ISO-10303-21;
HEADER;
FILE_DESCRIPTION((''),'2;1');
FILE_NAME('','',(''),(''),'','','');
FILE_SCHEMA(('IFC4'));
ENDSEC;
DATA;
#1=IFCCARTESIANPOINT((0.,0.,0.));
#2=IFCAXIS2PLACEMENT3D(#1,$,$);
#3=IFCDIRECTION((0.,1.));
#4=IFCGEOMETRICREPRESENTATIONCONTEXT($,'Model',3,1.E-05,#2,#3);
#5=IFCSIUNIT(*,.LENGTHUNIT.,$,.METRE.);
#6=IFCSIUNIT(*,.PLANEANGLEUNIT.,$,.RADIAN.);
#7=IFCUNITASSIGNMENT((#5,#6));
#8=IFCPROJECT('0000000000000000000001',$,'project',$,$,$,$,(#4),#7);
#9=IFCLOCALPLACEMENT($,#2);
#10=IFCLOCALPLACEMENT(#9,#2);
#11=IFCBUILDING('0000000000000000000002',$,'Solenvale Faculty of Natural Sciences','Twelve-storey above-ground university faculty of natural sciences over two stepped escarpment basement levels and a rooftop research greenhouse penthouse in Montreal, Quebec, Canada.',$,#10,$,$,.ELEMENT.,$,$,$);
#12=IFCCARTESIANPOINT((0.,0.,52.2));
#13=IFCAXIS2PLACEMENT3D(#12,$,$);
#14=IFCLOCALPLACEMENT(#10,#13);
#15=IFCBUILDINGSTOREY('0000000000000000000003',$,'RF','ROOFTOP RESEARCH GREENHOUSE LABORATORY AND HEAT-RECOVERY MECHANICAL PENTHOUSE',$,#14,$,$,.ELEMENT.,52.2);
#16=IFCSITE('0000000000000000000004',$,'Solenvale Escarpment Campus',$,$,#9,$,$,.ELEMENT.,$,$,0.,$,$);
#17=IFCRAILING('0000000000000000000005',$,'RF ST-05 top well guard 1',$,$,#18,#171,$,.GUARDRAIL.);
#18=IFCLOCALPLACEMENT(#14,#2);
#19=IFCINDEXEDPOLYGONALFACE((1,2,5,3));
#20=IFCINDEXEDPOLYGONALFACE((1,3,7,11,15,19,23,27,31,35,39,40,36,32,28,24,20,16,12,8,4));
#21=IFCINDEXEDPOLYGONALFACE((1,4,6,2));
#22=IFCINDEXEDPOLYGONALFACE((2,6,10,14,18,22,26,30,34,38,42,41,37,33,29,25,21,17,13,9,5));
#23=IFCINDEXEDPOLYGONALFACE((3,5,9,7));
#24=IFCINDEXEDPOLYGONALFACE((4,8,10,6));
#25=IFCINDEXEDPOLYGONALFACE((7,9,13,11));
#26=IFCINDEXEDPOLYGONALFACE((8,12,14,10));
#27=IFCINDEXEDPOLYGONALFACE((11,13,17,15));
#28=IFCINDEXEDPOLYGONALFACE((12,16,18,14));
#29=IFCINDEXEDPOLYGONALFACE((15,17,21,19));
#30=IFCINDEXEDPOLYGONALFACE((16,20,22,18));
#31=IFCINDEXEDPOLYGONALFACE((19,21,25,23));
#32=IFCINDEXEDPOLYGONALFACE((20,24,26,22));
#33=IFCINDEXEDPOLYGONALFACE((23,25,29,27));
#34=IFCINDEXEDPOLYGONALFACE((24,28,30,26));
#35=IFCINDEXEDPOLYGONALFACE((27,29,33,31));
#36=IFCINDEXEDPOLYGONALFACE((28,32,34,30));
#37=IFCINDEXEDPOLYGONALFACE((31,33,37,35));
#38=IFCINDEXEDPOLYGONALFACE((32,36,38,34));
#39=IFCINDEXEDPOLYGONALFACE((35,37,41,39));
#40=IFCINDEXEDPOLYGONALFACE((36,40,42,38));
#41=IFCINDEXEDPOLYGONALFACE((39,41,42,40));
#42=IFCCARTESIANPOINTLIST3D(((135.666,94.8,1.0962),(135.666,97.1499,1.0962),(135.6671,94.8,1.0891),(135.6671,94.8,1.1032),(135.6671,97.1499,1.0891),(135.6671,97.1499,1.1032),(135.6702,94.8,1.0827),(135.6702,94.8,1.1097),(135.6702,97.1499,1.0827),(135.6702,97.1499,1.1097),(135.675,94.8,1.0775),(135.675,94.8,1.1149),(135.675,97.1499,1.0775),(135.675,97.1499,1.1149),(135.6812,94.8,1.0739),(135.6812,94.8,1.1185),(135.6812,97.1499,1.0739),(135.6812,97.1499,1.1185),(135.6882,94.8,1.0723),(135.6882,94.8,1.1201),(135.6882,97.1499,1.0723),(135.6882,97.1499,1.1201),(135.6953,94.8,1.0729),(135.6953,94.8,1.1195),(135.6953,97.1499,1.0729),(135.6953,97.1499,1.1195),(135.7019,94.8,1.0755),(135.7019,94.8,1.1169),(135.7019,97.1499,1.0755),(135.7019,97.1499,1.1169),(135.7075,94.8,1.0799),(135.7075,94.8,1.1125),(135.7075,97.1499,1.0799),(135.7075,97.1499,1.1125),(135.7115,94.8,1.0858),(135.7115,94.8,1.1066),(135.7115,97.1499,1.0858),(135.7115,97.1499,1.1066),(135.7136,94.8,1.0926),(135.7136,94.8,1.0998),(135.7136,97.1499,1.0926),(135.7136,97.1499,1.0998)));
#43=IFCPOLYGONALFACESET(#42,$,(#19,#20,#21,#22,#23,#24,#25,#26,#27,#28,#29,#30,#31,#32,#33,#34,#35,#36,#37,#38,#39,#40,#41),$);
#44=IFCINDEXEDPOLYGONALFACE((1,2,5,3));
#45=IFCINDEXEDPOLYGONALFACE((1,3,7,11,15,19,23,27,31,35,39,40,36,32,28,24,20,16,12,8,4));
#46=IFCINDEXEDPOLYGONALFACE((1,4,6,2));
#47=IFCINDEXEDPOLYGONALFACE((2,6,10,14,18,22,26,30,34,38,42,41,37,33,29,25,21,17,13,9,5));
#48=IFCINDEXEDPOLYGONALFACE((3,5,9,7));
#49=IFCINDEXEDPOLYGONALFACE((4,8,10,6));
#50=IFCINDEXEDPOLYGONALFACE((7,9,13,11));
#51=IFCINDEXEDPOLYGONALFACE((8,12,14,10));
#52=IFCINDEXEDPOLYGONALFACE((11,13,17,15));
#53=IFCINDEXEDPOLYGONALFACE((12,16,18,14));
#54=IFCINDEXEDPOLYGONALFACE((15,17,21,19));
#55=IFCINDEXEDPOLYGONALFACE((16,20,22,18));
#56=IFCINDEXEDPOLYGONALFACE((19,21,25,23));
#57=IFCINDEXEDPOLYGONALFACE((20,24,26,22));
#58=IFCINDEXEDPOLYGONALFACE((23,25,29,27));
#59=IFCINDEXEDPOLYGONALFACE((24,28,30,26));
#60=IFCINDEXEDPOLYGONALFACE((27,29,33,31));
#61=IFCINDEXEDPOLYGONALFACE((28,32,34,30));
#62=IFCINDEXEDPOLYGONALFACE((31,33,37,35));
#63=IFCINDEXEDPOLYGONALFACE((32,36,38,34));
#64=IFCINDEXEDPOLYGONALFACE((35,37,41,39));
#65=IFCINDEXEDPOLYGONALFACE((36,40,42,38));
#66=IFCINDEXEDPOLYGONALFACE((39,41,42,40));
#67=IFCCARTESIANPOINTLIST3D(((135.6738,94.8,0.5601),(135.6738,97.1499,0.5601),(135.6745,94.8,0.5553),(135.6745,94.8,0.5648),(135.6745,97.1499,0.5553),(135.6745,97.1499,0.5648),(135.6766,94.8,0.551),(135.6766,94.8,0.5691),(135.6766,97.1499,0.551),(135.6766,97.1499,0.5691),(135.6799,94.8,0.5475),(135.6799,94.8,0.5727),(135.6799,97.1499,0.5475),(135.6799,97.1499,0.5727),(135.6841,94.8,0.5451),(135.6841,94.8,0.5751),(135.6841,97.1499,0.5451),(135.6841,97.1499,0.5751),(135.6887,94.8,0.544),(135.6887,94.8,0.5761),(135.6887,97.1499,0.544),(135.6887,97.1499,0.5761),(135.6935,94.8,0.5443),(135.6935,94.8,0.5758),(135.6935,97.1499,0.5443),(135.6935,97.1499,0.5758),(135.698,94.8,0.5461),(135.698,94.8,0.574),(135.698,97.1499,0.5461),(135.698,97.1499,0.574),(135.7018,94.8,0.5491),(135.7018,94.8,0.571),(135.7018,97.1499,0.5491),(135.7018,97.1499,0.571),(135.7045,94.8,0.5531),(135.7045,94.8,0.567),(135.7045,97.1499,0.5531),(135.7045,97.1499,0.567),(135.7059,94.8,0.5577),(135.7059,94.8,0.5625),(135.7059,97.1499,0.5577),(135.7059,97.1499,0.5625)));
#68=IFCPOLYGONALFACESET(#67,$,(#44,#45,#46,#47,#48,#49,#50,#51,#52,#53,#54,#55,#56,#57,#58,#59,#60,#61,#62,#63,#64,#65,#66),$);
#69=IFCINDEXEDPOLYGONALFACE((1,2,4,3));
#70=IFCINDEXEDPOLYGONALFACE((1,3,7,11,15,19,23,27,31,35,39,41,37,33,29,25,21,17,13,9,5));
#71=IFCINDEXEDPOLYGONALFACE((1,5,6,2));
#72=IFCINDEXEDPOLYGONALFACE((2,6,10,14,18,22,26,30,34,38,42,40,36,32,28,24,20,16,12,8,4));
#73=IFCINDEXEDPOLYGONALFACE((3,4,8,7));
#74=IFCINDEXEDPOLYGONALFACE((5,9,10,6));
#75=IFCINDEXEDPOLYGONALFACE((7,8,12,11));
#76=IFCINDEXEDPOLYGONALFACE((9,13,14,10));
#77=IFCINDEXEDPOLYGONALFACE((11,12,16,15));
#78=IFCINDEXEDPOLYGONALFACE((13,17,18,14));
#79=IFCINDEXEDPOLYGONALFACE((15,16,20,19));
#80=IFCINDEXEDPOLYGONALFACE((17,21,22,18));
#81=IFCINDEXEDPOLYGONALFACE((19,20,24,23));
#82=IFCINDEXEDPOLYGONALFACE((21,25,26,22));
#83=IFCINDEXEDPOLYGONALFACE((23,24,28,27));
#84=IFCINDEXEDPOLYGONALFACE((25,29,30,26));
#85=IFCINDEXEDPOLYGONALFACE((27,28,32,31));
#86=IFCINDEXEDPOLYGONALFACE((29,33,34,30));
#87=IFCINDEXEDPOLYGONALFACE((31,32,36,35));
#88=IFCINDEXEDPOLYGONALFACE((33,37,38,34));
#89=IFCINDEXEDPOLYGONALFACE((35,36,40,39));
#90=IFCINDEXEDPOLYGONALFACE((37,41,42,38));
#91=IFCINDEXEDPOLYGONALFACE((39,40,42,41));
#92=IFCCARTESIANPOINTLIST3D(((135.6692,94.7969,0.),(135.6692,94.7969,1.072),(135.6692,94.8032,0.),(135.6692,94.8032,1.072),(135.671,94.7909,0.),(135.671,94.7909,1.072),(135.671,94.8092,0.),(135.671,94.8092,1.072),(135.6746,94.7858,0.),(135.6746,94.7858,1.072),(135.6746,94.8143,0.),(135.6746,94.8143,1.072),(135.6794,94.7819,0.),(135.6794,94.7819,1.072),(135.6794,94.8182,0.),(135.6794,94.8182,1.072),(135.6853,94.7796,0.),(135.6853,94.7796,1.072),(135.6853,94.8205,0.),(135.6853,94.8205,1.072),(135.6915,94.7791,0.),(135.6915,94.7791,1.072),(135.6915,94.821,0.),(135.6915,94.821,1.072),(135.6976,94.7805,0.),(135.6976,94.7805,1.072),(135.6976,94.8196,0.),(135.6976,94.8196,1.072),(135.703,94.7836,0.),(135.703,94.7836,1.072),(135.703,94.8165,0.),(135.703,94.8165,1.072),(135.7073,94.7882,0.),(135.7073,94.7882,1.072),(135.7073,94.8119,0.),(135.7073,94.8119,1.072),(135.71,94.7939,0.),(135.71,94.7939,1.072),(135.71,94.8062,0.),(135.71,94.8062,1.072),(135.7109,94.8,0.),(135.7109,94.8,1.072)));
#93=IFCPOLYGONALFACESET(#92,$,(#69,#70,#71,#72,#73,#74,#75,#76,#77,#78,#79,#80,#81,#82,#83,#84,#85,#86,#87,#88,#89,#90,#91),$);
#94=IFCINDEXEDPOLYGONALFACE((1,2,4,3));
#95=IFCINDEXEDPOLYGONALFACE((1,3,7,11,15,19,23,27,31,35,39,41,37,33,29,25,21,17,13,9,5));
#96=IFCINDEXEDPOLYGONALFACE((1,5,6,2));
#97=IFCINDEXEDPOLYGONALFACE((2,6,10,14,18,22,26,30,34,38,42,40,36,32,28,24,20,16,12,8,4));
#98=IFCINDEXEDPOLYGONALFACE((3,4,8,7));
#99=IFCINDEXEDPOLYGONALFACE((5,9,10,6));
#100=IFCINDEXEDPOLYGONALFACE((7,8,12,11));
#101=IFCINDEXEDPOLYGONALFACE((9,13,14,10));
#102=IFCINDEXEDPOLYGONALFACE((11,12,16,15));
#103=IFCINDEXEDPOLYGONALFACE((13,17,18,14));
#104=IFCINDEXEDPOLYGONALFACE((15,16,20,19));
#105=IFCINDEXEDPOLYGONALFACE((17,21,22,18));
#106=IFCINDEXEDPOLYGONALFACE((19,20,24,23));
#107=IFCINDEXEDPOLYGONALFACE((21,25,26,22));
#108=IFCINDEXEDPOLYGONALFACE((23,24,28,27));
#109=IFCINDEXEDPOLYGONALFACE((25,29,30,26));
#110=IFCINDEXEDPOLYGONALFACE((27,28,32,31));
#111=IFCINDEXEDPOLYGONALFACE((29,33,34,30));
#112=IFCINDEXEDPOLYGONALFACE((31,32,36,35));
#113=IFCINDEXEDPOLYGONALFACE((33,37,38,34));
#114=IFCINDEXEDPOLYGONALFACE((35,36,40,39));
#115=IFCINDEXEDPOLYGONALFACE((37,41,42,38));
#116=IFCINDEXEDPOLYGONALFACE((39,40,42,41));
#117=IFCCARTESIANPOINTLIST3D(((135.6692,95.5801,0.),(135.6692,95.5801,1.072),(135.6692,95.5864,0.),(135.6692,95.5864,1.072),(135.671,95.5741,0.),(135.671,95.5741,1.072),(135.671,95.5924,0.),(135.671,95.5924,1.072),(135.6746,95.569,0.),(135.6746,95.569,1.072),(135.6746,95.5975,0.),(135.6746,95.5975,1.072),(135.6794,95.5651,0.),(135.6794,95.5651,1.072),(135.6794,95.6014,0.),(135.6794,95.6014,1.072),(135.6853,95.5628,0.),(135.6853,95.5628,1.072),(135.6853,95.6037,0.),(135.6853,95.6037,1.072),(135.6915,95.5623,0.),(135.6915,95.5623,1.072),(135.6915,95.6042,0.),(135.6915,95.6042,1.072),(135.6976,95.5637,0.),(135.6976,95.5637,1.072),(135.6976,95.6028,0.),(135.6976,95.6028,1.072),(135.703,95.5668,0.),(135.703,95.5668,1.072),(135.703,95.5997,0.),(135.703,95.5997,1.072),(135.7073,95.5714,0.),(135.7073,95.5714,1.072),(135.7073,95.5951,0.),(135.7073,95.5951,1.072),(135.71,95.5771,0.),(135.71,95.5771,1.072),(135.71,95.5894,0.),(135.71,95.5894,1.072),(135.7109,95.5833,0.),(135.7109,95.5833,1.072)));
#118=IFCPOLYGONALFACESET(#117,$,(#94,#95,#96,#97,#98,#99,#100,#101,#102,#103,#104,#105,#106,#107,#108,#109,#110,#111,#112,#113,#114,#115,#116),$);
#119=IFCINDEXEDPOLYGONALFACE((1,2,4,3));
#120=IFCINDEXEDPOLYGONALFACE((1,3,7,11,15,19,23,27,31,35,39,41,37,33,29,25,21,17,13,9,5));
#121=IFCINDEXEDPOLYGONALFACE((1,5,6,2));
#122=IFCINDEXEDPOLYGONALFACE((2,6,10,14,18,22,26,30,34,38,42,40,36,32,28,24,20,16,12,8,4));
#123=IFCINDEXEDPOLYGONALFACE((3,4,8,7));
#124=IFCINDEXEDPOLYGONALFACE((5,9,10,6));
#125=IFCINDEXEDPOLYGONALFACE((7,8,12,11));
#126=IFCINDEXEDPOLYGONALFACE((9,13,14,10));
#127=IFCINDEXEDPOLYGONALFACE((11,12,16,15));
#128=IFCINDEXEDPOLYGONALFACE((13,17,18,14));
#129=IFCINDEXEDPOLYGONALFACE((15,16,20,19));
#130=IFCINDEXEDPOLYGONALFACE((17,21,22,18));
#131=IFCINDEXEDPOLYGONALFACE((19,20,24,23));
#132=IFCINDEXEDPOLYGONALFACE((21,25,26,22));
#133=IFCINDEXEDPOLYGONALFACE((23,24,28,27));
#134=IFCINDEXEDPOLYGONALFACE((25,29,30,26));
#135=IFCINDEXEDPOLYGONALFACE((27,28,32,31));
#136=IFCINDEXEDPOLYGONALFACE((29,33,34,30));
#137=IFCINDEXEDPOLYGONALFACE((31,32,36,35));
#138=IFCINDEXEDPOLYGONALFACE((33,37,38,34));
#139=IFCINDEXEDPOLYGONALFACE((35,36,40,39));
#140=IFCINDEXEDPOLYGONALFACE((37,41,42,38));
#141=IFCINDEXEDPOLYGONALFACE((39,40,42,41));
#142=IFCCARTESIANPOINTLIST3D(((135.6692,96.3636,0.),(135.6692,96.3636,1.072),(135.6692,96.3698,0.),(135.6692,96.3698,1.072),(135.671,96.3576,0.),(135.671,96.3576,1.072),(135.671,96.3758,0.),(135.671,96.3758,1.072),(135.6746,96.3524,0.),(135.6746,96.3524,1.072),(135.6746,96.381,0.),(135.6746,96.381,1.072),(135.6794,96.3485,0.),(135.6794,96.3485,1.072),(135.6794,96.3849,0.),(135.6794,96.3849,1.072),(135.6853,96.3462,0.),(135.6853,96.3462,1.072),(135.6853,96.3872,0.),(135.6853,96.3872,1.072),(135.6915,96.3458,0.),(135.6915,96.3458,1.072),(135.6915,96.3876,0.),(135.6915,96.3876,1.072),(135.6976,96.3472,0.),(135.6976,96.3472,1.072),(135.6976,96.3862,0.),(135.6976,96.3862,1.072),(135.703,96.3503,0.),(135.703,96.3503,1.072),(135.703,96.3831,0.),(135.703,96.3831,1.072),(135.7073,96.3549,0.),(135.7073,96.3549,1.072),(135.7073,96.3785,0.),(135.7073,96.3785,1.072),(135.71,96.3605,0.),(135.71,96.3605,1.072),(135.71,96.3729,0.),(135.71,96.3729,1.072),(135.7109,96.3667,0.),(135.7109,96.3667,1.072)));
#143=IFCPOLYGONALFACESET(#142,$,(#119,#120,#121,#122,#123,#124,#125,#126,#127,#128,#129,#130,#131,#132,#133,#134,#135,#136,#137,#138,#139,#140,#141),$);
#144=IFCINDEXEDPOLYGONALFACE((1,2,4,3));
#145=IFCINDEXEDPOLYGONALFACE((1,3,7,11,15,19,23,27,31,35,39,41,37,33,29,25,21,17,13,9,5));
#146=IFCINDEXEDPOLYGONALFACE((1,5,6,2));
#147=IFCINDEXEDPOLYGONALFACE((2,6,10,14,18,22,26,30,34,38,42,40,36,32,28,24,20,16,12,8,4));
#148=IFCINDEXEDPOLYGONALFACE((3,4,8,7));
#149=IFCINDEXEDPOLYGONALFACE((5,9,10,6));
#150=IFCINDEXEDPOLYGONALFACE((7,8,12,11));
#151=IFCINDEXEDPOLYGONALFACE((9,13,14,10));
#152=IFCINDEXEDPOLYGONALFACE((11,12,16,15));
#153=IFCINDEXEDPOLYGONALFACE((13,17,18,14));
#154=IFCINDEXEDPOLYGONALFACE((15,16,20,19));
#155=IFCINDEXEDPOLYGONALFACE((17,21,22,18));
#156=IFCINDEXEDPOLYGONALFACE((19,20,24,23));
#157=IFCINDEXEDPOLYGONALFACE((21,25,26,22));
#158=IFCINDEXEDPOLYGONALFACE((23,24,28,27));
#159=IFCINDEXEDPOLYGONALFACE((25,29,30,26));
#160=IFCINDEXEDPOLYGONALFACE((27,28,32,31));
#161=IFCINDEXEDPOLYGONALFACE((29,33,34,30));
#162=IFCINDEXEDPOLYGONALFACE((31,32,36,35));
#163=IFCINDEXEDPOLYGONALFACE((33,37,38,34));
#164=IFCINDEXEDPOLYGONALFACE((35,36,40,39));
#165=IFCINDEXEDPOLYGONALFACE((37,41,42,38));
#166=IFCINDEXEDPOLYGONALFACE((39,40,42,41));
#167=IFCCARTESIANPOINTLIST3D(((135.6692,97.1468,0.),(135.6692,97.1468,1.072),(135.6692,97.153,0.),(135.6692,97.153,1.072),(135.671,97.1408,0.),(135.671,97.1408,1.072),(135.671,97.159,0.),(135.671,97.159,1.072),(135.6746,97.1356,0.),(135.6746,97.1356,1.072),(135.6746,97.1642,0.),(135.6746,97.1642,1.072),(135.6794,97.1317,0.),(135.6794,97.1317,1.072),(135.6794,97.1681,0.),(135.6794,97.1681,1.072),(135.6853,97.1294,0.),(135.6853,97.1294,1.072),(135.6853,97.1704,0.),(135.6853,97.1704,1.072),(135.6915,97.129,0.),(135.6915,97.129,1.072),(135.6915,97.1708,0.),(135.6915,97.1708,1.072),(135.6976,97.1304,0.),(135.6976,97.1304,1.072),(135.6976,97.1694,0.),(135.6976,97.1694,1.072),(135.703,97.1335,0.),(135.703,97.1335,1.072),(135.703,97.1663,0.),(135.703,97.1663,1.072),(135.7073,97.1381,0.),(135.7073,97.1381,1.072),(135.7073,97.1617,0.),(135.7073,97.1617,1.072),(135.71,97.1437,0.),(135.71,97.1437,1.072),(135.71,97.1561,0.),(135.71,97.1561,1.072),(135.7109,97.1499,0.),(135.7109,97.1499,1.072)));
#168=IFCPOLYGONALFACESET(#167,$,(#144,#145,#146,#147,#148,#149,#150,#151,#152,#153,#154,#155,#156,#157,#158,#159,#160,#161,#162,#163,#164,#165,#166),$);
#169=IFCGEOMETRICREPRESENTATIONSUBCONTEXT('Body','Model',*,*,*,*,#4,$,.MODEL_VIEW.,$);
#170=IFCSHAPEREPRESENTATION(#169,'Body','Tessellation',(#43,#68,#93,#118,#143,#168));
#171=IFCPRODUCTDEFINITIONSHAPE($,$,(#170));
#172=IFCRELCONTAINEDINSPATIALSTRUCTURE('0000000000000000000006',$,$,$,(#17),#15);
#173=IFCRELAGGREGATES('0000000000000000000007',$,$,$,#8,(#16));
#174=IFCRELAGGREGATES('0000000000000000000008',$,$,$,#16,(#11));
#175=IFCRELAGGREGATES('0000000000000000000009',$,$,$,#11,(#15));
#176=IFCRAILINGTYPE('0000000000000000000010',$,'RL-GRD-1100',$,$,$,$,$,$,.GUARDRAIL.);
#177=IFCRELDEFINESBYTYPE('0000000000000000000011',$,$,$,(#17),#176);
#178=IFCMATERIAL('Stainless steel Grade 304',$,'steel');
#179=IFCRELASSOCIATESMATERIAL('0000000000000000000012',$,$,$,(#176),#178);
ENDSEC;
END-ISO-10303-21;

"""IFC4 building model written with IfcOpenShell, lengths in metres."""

from ifc_helpers import new_model, si_unit, direction, frame, origin, origin_2d, place, context, subcontext, project, spatial, circle, extrude, material, type_object, element, save


model = new_model("IFC4")

# Units and contexts
model_context = context("Model", 3, precision=1e-05, world=origin(), true_north=direction((0.0, 1.0)))
body_context = subcontext(model_context, "Body", "Model", "MODEL_VIEW")
ifc_project = project(units=[si_unit("LENGTHUNIT", "METRE"), si_unit("PLANEANGLEUNIT", "RADIAN")], contexts=[model_context])

# Site, building, storey
site_placement = place(None, origin())
site = spatial("IfcSite", under=ifc_project, at=site_placement, Name="Solenvale Escarpment Campus", CompositionType="ELEMENT", RefElevation=0.0)
building_placement = place(site_placement, origin())
building = spatial("IfcBuilding", under=site, at=building_placement, Name="Solenvale Faculty of Natural Sciences", Description="Twelve-storey above-ground university faculty of natural sciences over two stepped escarpment basement levels and a rooftop research greenhouse penthouse in Montreal, Quebec, Canada.", CompositionType="ELEMENT")
storey_placement = place(building_placement, frame((0.0, 0.0, 52.2)))
storey = spatial("IfcBuildingStorey", under=building, at=storey_placement, Name="RF", Description="ROOFTOP RESEARCH GREENHOUSE LABORATORY AND HEAT-RECOVERY MECHANICAL PENTHOUSE", CompositionType="ELEMENT", Elevation=52.2)

# Shared definitions
ifc_material_1 = material(Name="Stainless steel Grade 304", Category="steel")

# Railing
railing_type = type_object("IfcRailingType", Name="RL-GRD-1100", PredefinedType="GUARDRAIL", material=ifc_material_1)
railing_placement = place(storey_placement, frame((135.6899, 94.8, 0.0)))
element("IfcRailing", 1, at=railing_placement, inside=storey, type_object=railing_type, Name="RF ST-05 top well guard 1", PredefinedType="GUARDRAIL", context=body_context, shape_type="SweptSolid", body=[
    extrude(circle(Radius=0.0239, at=origin_2d()), frame((0.0, 0.0, 1.0962), z_axis=(0.0, 1.0, 0.0), x_axis=(-1.0, 0.0, 0.0)), (0.0, 0.0, 1.0), 2.3499),
    extrude(circle(Radius=0.0161, at=origin_2d()), frame((0.0, 0.0, 0.5601), z_axis=(0.0, 1.0, 0.0), x_axis=(-1.0, 0.0, 0.0)), (0.0, 0.0, 1.0), 2.3499),
    extrude(circle(Radius=0.021, at=origin_2d()), origin(), (0.0, 0.0, 1.0), 1.072),
    extrude(circle(Radius=0.021, at=origin_2d()), frame((0.0, 0.7832, 0.0)), (0.0, 0.0, 1.0), 1.072),
    extrude(circle(Radius=0.021, at=origin_2d()), frame((0.0, 1.5667, 0.0)), (0.0, 0.0, 1.0), 1.072),
    extrude(circle(Radius=0.021, at=origin_2d()), frame((0.0, 2.3499, 0.0)), (0.0, 0.0, 1.0), 1.072),
])

save(model, "model.ifc")
